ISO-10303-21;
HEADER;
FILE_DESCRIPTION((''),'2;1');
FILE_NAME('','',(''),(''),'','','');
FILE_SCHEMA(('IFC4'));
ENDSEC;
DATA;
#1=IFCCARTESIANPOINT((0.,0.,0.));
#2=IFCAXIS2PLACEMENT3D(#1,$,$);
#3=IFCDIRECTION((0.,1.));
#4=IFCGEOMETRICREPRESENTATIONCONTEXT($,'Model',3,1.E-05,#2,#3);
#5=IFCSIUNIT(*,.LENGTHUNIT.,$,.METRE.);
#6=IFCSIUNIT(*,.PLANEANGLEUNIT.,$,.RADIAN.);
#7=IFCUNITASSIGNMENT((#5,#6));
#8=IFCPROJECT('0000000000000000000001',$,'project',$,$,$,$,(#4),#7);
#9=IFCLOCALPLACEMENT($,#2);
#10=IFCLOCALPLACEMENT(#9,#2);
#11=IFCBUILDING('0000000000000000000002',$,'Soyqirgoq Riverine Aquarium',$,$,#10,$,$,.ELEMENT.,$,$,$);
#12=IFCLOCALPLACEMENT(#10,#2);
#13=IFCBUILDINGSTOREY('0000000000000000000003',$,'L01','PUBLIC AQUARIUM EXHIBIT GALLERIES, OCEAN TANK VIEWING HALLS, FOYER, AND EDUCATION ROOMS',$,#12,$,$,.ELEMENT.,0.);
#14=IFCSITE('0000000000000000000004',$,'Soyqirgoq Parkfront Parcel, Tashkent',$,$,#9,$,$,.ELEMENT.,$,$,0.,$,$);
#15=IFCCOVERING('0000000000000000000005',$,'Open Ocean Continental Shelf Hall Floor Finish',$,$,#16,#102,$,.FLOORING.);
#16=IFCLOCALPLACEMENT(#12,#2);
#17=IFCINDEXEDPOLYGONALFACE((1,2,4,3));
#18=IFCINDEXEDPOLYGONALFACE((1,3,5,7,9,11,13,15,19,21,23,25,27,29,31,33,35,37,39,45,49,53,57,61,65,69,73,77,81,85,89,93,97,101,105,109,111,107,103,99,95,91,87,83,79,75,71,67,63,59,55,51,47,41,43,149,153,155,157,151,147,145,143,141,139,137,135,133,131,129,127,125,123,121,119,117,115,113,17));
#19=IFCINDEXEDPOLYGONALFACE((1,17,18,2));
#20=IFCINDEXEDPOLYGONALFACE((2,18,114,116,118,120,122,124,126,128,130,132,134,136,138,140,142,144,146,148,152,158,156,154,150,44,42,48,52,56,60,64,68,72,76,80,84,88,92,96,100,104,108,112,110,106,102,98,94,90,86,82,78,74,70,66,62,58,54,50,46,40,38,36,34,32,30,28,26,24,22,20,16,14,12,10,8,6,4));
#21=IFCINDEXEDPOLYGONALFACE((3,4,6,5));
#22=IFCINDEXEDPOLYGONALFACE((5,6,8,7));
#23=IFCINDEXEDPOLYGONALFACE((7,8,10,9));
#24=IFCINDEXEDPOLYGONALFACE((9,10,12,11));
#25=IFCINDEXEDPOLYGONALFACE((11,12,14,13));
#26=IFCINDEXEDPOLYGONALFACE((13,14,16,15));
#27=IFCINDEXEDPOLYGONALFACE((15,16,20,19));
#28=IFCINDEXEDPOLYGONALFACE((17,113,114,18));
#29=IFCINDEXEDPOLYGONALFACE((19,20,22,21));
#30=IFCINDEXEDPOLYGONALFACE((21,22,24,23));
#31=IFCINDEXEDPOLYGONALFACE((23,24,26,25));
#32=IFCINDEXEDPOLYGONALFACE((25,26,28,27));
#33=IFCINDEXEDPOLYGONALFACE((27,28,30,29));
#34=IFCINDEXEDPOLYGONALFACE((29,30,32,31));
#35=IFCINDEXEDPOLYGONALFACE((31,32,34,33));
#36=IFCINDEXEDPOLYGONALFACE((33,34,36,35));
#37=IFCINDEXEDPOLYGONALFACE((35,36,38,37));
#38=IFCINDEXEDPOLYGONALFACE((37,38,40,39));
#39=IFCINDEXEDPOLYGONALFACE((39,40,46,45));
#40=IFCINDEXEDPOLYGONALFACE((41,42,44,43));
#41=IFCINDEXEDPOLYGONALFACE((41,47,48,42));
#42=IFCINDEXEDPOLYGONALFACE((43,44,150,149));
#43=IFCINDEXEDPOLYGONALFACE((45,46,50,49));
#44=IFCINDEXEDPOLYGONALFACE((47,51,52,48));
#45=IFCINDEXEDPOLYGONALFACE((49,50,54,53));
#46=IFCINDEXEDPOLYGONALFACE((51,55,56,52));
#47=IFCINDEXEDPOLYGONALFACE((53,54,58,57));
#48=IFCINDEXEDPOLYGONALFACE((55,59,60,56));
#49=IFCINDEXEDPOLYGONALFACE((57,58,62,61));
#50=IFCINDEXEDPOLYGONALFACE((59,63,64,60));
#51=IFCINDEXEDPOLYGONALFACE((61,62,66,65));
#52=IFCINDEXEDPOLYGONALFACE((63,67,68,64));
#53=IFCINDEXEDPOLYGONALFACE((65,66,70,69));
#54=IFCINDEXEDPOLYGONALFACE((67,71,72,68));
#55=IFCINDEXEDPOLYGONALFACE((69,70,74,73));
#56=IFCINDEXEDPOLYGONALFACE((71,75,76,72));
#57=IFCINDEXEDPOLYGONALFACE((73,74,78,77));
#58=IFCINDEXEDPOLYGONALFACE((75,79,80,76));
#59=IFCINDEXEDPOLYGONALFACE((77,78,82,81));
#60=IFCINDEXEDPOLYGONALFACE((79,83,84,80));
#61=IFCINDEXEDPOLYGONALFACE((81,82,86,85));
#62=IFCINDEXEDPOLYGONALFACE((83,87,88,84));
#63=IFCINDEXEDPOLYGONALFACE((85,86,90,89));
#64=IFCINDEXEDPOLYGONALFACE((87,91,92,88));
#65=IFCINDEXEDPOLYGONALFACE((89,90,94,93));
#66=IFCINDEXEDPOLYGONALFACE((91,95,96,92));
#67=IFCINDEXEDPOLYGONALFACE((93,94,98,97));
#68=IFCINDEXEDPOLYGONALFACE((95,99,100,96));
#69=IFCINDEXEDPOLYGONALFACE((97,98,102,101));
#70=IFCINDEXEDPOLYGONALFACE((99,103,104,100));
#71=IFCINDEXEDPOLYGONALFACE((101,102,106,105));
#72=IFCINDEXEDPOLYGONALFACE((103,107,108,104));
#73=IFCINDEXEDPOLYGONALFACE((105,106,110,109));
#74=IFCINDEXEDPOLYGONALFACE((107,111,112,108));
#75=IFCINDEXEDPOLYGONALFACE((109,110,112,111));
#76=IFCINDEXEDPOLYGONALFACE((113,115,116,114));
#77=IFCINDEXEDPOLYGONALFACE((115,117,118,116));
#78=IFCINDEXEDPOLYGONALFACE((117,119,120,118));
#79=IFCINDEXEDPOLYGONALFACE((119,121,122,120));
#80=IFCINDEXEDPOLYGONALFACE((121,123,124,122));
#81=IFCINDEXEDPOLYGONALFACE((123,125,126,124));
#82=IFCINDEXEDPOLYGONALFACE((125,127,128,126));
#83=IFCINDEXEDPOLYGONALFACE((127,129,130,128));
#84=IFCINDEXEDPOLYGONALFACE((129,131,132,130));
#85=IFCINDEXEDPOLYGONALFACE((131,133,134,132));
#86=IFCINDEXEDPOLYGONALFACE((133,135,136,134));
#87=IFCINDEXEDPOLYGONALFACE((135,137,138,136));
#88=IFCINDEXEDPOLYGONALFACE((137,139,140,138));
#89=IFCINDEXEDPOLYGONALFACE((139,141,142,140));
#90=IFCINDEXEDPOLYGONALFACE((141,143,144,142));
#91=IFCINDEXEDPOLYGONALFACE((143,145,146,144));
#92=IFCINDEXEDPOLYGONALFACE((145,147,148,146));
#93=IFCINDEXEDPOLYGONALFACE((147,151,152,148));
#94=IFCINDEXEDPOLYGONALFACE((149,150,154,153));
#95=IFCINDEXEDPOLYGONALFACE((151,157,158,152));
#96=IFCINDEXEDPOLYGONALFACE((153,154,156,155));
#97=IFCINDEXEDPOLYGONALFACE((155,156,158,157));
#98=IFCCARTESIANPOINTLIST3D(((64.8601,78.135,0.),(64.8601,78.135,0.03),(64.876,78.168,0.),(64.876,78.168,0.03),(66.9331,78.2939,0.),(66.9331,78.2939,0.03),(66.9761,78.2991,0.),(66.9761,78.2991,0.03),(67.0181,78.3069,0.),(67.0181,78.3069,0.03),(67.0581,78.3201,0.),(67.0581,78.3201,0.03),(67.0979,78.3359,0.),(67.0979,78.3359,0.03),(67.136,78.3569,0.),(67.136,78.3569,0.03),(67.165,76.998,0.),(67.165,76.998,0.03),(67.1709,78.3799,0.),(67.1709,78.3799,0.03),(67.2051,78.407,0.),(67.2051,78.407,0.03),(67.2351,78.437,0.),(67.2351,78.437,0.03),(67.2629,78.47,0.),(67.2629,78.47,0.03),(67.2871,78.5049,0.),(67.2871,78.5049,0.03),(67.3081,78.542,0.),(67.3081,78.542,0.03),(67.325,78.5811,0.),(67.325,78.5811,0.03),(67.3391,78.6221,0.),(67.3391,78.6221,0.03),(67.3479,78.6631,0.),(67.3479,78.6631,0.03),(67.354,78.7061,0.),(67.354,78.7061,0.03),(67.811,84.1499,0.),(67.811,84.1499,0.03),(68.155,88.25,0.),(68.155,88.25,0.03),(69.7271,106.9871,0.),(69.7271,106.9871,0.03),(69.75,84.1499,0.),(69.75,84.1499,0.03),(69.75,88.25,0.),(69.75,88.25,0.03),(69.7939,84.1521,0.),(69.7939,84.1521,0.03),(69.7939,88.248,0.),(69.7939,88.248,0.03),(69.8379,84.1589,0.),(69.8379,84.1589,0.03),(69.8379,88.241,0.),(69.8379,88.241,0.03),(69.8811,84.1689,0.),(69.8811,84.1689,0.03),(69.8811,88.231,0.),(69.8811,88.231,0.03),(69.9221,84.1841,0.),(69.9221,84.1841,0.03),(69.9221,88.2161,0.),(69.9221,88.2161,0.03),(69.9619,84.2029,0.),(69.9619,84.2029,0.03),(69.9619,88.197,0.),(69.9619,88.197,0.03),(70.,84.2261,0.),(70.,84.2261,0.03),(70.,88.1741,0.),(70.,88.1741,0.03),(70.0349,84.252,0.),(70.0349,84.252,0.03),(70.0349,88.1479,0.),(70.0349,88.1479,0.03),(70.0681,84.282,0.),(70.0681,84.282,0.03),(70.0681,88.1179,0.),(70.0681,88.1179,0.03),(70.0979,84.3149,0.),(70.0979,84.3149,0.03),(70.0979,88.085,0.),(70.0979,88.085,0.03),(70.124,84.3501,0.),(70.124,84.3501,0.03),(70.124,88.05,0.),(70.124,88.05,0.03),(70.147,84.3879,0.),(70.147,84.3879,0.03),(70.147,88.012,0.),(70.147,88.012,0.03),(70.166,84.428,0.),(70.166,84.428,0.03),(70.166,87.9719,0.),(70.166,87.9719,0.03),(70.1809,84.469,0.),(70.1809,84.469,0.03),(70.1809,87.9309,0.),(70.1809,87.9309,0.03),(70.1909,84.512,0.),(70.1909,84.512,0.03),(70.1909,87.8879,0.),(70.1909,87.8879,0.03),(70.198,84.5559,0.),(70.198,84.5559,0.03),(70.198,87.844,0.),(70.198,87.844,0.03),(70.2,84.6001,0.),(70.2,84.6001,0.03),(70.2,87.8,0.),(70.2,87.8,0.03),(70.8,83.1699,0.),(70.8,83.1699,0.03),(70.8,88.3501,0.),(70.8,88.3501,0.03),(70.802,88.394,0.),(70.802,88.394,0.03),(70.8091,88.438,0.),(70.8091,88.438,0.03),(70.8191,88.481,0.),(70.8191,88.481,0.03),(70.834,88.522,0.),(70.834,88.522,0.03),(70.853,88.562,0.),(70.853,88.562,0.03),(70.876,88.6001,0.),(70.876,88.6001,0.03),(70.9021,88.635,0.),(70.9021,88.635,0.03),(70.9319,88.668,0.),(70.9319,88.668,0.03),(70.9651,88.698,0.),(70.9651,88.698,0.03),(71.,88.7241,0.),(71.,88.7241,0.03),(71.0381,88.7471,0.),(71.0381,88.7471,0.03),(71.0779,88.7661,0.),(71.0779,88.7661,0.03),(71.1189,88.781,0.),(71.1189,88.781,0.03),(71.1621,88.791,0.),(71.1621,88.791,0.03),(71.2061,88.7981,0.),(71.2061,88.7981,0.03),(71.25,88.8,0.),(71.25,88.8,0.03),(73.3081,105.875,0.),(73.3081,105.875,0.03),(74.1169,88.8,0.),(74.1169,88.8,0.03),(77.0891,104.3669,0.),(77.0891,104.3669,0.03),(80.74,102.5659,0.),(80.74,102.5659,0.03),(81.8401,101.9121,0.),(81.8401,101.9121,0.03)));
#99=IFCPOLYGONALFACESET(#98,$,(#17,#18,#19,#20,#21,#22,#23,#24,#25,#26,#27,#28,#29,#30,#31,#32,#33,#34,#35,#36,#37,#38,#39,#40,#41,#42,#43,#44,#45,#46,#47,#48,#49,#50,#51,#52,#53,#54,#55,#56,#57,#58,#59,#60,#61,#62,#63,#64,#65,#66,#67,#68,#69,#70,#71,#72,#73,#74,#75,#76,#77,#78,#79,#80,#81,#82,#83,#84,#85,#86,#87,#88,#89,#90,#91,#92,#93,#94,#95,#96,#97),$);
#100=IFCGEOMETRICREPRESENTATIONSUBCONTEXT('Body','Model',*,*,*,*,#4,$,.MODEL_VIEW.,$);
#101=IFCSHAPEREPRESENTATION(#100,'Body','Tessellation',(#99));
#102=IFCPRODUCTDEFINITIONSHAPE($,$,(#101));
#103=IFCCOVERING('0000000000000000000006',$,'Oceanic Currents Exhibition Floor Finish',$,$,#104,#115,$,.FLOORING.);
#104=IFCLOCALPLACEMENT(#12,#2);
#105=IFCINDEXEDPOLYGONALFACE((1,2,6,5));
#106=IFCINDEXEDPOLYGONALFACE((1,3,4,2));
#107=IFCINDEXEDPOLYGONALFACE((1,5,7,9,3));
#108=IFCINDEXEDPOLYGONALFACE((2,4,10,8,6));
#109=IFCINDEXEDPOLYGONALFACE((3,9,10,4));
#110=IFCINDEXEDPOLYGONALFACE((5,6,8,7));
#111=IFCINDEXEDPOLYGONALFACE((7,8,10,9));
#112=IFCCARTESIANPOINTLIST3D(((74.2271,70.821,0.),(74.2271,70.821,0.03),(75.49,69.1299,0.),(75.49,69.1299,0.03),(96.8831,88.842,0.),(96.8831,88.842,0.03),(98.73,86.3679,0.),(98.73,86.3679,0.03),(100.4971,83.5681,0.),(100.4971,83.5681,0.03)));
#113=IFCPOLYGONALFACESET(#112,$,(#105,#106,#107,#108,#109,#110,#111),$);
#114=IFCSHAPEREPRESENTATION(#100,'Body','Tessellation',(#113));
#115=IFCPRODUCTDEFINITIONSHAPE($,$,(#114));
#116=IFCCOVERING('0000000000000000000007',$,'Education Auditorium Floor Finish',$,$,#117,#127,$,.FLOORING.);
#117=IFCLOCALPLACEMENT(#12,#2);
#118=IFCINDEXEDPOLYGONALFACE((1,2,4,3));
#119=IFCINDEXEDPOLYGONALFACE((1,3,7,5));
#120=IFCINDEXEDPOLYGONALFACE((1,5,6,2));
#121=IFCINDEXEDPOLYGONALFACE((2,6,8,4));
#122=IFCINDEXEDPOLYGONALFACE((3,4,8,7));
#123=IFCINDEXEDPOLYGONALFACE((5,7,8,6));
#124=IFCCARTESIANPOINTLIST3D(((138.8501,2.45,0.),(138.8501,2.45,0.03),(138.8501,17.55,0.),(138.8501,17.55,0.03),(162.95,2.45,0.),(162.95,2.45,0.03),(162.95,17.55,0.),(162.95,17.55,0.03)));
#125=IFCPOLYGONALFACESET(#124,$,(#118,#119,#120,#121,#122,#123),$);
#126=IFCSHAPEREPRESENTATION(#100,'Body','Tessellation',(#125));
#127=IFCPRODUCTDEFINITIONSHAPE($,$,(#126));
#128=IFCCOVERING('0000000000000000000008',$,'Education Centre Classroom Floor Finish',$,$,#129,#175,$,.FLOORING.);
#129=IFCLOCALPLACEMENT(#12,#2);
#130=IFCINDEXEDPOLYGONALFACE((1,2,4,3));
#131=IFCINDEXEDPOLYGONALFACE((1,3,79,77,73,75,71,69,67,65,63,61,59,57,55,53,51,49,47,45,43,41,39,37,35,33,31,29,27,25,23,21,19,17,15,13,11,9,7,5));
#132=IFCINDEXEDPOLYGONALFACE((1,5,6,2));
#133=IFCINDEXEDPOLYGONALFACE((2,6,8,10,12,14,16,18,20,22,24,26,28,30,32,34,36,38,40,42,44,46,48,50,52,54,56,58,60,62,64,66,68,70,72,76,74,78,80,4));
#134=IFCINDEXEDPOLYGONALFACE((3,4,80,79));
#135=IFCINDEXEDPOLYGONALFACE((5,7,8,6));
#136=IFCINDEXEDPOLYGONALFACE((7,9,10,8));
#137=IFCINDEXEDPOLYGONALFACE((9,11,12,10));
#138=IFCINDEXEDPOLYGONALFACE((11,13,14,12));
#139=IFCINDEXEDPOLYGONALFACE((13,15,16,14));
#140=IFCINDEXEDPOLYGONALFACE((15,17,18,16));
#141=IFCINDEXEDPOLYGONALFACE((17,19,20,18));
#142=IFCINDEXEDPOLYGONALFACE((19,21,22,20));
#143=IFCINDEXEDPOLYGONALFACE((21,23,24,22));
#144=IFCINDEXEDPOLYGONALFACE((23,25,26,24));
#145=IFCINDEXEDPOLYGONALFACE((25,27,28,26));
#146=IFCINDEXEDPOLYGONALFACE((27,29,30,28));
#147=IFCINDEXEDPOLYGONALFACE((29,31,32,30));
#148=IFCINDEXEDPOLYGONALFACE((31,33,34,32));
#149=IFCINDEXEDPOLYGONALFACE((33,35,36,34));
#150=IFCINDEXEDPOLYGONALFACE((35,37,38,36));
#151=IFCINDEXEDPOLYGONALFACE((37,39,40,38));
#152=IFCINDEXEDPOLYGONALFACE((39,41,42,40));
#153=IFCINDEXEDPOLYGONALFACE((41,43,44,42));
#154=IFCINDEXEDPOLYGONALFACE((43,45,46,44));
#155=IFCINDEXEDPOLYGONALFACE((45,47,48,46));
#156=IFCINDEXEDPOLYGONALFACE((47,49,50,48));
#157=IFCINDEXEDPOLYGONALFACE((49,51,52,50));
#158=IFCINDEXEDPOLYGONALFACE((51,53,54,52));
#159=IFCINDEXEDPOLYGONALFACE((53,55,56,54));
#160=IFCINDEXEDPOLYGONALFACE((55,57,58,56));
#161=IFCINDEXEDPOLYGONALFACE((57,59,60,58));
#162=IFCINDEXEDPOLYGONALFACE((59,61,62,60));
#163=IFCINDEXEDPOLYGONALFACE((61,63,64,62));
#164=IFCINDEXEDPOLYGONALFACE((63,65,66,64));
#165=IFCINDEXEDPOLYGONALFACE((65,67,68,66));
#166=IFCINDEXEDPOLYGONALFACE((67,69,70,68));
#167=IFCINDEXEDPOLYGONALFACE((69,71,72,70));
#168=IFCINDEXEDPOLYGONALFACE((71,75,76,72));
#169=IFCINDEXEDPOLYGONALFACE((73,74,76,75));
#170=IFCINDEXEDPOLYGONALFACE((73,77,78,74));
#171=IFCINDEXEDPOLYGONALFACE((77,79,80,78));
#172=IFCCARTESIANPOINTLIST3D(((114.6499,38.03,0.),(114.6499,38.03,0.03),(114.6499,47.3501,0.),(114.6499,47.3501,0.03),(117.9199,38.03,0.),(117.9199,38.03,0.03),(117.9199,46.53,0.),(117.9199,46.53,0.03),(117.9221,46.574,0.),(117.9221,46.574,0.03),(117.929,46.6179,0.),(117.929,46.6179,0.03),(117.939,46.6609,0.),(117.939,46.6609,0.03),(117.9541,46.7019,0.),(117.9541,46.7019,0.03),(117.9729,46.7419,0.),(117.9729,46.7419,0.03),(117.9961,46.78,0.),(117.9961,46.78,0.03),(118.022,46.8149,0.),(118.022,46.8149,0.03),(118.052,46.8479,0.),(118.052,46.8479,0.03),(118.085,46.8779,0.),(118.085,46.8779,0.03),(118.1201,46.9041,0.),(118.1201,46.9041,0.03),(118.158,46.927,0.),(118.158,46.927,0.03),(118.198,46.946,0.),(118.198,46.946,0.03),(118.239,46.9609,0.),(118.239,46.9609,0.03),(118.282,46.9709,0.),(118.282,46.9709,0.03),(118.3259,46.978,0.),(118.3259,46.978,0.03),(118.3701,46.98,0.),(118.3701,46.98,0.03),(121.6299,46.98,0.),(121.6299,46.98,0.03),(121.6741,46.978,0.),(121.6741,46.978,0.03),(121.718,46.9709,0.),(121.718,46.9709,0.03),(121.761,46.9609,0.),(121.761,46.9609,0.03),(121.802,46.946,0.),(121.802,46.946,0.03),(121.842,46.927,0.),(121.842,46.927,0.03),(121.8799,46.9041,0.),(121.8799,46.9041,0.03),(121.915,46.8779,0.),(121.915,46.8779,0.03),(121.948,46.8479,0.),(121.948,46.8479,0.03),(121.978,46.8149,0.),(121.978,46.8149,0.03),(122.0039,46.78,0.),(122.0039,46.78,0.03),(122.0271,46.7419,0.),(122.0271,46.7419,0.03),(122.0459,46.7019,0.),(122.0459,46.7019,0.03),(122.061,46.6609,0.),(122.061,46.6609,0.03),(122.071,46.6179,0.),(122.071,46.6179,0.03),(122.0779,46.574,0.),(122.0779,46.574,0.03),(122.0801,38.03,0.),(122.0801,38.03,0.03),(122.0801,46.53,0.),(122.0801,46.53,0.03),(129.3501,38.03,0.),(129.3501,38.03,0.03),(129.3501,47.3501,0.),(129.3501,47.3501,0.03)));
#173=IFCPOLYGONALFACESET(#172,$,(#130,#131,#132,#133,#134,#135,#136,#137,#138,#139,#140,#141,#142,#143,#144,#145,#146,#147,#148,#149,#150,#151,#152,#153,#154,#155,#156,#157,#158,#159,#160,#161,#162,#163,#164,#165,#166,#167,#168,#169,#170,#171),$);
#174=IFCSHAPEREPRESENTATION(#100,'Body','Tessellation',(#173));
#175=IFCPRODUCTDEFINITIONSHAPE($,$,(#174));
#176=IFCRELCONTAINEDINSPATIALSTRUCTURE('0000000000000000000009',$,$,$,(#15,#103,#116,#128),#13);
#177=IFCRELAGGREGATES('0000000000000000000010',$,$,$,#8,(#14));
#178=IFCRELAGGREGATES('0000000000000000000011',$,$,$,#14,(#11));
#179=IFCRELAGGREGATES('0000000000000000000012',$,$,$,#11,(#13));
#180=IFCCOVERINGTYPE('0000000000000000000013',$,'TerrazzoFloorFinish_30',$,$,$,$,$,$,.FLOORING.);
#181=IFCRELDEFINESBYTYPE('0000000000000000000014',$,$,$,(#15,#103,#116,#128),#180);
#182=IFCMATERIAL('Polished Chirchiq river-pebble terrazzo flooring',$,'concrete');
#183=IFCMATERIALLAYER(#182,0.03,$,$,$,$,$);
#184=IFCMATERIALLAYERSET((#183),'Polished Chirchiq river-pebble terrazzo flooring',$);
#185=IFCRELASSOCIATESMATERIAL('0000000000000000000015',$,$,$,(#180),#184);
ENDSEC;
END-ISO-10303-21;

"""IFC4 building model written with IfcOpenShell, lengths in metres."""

from ifc_helpers import new_model, si_unit, direction, origin, place, context, subcontext, project, spatial, polyline, outline, extrude, material, layer, layer_set, type_object, element, save


model = new_model("IFC4")

# Units and contexts
model_context = context("Model", 3, precision=1e-05, world=origin(), true_north=direction((0.0, 1.0)))
body_context = subcontext(model_context, "Body", "Model", "MODEL_VIEW")
ifc_project = project(units=[si_unit("LENGTHUNIT", "METRE"), si_unit("PLANEANGLEUNIT", "RADIAN")], contexts=[model_context])

# Site, building, storey
site_placement = place(None, origin())
site = spatial("IfcSite", under=ifc_project, at=site_placement, Name="Soyqirgoq Parkfront Parcel, Tashkent", CompositionType="ELEMENT", RefElevation=0.0)
building_placement = place(site_placement, origin())
building = spatial("IfcBuilding", under=site, at=building_placement, Name="Soyqirgoq Riverine Aquarium", CompositionType="ELEMENT")
storey_placement = place(building_placement, origin())
storey = spatial("IfcBuildingStorey", under=building, at=storey_placement, Name="L01", Description="PUBLIC AQUARIUM EXHIBIT GALLERIES, OCEAN TANK VIEWING HALLS, FOYER, AND EDUCATION ROOMS", CompositionType="ELEMENT", Elevation=0.0)

# Coverings
ifc_material_1 = material(Name="Polished Chirchiq river-pebble terrazzo flooring", Category="concrete")
ifc_layer_1 = layer(ifc_material_1, 0.03)
ifc_layer_set_1 = layer_set([ifc_layer_1], Name="Polished Chirchiq river-pebble terrazzo flooring")
covering_type_1 = type_object("IfcCoveringType", Name="TerrazzoFloorFinish_30", PredefinedType="FLOORING", material=ifc_layer_set_1)
covering_1_placement = place(storey_placement, origin())
element("IfcCovering", 1, at=covering_1_placement, inside=storey, type_object=covering_type_1, Name="Open Ocean Continental Shelf Hall Floor Finish", PredefinedType="FLOORING", context=body_context, shape_type="SweptSolid", body=[
    extrude(outline(polyline([(64.876, 78.168), (66.9331, 78.2939), (66.9761, 78.2991), (67.0181, 78.3069), (67.0581, 78.3201), (67.0979, 78.3359), (67.136, 78.3569), (67.1709, 78.3799), (67.2051, 78.407), (67.2351, 78.437), (67.2629, 78.47), (67.2871, 78.5049), (67.3081, 78.542), (67.325, 78.5811), (67.3391, 78.6221), (67.3479, 78.6631), (67.354, 78.7061), (67.811, 84.1499), (69.75, 84.1499), (69.7939, 84.1521), (69.8379, 84.1589), (69.8811, 84.1689), (69.9221, 84.1841), (69.9619, 84.2029), (70.0, 84.2261), (70.0349, 84.252), (70.0681, 84.282), (70.0979, 84.3149), (70.124, 84.3501), (70.147, 84.3879), (70.166, 84.428), (70.1809, 84.469), (70.1909, 84.512), (70.198, 84.5559), (70.2, 84.6001), (70.2, 87.8), (70.198, 87.844), (70.1909, 87.8879), (70.1809, 87.9309), (70.166, 87.9719), (70.147, 88.012), (70.124, 88.05), (70.0979, 88.085), (70.0681, 88.1179), (70.0349, 88.1479), (70.0, 88.1741), (69.9619, 88.197), (69.9221, 88.2161), (69.8811, 88.231), (69.8379, 88.241), (69.7939, 88.248), (69.75, 88.25), (68.155, 88.25), (69.7271, 106.9871), (73.3081, 105.875), (77.0891, 104.3669), (80.74, 102.5659), (81.8401, 101.9121), (74.1169, 88.8), (71.25, 88.8), (71.2061, 88.7981), (71.1621, 88.791), (71.1189, 88.781), (71.0779, 88.7661), (71.0381, 88.7471), (71.0, 88.7241), (70.9651, 88.698), (70.9319, 88.668), (70.9021, 88.635), (70.876, 88.6001), (70.853, 88.562), (70.834, 88.522), (70.8191, 88.481), (70.8091, 88.438), (70.802, 88.394), (70.8, 88.3501), (70.8, 83.1699), (67.165, 76.998), (64.8601, 78.135), (64.876, 78.168)])), origin(), (0.0, 0.0, 1.0), 0.03),
])
covering_2_placement = place(storey_placement, origin())
element("IfcCovering", 2, at=covering_2_placement, inside=storey, type_object=covering_type_1, Name="Oceanic Currents Exhibition Floor Finish", PredefinedType="FLOORING", context=body_context, shape_type="SweptSolid", body=[
    extrude(outline(polyline([(98.73, 86.3679), (100.4971, 83.5681), (75.49, 69.1299), (74.2271, 70.821), (96.8831, 88.842), (98.73, 86.3679)])), origin(), (0.0, 0.0, 1.0), 0.03),
])
covering_3_placement = place(storey_placement, origin())
element("IfcCovering", 3, at=covering_3_placement, inside=storey, type_object=covering_type_1, Name="Education Auditorium Floor Finish", PredefinedType="FLOORING", context=body_context, shape_type="SweptSolid", body=[
    extrude(outline(polyline([(138.8501, 2.45), (138.8501, 17.55), (162.95, 17.55), (162.95, 2.45), (138.8501, 2.45)])), origin(), (0.0, 0.0, 1.0), 0.03),
])
covering_4_placement = place(storey_placement, origin())
element("IfcCovering", 4, at=covering_4_placement, inside=storey, type_object=covering_type_1, Name="Education Centre Classroom Floor Finish", PredefinedType="FLOORING", context=body_context, shape_type="SweptSolid", body=[
    extrude(outline(polyline([(114.6499, 47.3501), (129.3501, 47.3501), (129.3501, 38.03), (122.0801, 38.03), (122.0801, 46.53), (122.0779, 46.574), (122.071, 46.6179), (122.061, 46.6609), (122.0459, 46.7019), (122.0271, 46.7419), (122.0039, 46.78), (121.978, 46.8149), (121.948, 46.8479), (121.915, 46.8779), (121.8799, 46.9041), (121.842, 46.927), (121.802, 46.946), (121.761, 46.9609), (121.718, 46.9709), (121.6741, 46.978), (121.6299, 46.98), (118.3701, 46.98), (118.3259, 46.978), (118.282, 46.9709), (118.239, 46.9609), (118.198, 46.946), (118.158, 46.927), (118.1201, 46.9041), (118.085, 46.8779), (118.052, 46.8479), (118.022, 46.8149), (117.9961, 46.78), (117.9729, 46.7419), (117.9541, 46.7019), (117.939, 46.6609), (117.929, 46.6179), (117.9221, 46.574), (117.9199, 46.53), (117.9199, 38.03), (114.6499, 38.03), (114.6499, 47.3501)])), origin(), (0.0, 0.0, 1.0), 0.03),
])

save(model, "model.ifc")
